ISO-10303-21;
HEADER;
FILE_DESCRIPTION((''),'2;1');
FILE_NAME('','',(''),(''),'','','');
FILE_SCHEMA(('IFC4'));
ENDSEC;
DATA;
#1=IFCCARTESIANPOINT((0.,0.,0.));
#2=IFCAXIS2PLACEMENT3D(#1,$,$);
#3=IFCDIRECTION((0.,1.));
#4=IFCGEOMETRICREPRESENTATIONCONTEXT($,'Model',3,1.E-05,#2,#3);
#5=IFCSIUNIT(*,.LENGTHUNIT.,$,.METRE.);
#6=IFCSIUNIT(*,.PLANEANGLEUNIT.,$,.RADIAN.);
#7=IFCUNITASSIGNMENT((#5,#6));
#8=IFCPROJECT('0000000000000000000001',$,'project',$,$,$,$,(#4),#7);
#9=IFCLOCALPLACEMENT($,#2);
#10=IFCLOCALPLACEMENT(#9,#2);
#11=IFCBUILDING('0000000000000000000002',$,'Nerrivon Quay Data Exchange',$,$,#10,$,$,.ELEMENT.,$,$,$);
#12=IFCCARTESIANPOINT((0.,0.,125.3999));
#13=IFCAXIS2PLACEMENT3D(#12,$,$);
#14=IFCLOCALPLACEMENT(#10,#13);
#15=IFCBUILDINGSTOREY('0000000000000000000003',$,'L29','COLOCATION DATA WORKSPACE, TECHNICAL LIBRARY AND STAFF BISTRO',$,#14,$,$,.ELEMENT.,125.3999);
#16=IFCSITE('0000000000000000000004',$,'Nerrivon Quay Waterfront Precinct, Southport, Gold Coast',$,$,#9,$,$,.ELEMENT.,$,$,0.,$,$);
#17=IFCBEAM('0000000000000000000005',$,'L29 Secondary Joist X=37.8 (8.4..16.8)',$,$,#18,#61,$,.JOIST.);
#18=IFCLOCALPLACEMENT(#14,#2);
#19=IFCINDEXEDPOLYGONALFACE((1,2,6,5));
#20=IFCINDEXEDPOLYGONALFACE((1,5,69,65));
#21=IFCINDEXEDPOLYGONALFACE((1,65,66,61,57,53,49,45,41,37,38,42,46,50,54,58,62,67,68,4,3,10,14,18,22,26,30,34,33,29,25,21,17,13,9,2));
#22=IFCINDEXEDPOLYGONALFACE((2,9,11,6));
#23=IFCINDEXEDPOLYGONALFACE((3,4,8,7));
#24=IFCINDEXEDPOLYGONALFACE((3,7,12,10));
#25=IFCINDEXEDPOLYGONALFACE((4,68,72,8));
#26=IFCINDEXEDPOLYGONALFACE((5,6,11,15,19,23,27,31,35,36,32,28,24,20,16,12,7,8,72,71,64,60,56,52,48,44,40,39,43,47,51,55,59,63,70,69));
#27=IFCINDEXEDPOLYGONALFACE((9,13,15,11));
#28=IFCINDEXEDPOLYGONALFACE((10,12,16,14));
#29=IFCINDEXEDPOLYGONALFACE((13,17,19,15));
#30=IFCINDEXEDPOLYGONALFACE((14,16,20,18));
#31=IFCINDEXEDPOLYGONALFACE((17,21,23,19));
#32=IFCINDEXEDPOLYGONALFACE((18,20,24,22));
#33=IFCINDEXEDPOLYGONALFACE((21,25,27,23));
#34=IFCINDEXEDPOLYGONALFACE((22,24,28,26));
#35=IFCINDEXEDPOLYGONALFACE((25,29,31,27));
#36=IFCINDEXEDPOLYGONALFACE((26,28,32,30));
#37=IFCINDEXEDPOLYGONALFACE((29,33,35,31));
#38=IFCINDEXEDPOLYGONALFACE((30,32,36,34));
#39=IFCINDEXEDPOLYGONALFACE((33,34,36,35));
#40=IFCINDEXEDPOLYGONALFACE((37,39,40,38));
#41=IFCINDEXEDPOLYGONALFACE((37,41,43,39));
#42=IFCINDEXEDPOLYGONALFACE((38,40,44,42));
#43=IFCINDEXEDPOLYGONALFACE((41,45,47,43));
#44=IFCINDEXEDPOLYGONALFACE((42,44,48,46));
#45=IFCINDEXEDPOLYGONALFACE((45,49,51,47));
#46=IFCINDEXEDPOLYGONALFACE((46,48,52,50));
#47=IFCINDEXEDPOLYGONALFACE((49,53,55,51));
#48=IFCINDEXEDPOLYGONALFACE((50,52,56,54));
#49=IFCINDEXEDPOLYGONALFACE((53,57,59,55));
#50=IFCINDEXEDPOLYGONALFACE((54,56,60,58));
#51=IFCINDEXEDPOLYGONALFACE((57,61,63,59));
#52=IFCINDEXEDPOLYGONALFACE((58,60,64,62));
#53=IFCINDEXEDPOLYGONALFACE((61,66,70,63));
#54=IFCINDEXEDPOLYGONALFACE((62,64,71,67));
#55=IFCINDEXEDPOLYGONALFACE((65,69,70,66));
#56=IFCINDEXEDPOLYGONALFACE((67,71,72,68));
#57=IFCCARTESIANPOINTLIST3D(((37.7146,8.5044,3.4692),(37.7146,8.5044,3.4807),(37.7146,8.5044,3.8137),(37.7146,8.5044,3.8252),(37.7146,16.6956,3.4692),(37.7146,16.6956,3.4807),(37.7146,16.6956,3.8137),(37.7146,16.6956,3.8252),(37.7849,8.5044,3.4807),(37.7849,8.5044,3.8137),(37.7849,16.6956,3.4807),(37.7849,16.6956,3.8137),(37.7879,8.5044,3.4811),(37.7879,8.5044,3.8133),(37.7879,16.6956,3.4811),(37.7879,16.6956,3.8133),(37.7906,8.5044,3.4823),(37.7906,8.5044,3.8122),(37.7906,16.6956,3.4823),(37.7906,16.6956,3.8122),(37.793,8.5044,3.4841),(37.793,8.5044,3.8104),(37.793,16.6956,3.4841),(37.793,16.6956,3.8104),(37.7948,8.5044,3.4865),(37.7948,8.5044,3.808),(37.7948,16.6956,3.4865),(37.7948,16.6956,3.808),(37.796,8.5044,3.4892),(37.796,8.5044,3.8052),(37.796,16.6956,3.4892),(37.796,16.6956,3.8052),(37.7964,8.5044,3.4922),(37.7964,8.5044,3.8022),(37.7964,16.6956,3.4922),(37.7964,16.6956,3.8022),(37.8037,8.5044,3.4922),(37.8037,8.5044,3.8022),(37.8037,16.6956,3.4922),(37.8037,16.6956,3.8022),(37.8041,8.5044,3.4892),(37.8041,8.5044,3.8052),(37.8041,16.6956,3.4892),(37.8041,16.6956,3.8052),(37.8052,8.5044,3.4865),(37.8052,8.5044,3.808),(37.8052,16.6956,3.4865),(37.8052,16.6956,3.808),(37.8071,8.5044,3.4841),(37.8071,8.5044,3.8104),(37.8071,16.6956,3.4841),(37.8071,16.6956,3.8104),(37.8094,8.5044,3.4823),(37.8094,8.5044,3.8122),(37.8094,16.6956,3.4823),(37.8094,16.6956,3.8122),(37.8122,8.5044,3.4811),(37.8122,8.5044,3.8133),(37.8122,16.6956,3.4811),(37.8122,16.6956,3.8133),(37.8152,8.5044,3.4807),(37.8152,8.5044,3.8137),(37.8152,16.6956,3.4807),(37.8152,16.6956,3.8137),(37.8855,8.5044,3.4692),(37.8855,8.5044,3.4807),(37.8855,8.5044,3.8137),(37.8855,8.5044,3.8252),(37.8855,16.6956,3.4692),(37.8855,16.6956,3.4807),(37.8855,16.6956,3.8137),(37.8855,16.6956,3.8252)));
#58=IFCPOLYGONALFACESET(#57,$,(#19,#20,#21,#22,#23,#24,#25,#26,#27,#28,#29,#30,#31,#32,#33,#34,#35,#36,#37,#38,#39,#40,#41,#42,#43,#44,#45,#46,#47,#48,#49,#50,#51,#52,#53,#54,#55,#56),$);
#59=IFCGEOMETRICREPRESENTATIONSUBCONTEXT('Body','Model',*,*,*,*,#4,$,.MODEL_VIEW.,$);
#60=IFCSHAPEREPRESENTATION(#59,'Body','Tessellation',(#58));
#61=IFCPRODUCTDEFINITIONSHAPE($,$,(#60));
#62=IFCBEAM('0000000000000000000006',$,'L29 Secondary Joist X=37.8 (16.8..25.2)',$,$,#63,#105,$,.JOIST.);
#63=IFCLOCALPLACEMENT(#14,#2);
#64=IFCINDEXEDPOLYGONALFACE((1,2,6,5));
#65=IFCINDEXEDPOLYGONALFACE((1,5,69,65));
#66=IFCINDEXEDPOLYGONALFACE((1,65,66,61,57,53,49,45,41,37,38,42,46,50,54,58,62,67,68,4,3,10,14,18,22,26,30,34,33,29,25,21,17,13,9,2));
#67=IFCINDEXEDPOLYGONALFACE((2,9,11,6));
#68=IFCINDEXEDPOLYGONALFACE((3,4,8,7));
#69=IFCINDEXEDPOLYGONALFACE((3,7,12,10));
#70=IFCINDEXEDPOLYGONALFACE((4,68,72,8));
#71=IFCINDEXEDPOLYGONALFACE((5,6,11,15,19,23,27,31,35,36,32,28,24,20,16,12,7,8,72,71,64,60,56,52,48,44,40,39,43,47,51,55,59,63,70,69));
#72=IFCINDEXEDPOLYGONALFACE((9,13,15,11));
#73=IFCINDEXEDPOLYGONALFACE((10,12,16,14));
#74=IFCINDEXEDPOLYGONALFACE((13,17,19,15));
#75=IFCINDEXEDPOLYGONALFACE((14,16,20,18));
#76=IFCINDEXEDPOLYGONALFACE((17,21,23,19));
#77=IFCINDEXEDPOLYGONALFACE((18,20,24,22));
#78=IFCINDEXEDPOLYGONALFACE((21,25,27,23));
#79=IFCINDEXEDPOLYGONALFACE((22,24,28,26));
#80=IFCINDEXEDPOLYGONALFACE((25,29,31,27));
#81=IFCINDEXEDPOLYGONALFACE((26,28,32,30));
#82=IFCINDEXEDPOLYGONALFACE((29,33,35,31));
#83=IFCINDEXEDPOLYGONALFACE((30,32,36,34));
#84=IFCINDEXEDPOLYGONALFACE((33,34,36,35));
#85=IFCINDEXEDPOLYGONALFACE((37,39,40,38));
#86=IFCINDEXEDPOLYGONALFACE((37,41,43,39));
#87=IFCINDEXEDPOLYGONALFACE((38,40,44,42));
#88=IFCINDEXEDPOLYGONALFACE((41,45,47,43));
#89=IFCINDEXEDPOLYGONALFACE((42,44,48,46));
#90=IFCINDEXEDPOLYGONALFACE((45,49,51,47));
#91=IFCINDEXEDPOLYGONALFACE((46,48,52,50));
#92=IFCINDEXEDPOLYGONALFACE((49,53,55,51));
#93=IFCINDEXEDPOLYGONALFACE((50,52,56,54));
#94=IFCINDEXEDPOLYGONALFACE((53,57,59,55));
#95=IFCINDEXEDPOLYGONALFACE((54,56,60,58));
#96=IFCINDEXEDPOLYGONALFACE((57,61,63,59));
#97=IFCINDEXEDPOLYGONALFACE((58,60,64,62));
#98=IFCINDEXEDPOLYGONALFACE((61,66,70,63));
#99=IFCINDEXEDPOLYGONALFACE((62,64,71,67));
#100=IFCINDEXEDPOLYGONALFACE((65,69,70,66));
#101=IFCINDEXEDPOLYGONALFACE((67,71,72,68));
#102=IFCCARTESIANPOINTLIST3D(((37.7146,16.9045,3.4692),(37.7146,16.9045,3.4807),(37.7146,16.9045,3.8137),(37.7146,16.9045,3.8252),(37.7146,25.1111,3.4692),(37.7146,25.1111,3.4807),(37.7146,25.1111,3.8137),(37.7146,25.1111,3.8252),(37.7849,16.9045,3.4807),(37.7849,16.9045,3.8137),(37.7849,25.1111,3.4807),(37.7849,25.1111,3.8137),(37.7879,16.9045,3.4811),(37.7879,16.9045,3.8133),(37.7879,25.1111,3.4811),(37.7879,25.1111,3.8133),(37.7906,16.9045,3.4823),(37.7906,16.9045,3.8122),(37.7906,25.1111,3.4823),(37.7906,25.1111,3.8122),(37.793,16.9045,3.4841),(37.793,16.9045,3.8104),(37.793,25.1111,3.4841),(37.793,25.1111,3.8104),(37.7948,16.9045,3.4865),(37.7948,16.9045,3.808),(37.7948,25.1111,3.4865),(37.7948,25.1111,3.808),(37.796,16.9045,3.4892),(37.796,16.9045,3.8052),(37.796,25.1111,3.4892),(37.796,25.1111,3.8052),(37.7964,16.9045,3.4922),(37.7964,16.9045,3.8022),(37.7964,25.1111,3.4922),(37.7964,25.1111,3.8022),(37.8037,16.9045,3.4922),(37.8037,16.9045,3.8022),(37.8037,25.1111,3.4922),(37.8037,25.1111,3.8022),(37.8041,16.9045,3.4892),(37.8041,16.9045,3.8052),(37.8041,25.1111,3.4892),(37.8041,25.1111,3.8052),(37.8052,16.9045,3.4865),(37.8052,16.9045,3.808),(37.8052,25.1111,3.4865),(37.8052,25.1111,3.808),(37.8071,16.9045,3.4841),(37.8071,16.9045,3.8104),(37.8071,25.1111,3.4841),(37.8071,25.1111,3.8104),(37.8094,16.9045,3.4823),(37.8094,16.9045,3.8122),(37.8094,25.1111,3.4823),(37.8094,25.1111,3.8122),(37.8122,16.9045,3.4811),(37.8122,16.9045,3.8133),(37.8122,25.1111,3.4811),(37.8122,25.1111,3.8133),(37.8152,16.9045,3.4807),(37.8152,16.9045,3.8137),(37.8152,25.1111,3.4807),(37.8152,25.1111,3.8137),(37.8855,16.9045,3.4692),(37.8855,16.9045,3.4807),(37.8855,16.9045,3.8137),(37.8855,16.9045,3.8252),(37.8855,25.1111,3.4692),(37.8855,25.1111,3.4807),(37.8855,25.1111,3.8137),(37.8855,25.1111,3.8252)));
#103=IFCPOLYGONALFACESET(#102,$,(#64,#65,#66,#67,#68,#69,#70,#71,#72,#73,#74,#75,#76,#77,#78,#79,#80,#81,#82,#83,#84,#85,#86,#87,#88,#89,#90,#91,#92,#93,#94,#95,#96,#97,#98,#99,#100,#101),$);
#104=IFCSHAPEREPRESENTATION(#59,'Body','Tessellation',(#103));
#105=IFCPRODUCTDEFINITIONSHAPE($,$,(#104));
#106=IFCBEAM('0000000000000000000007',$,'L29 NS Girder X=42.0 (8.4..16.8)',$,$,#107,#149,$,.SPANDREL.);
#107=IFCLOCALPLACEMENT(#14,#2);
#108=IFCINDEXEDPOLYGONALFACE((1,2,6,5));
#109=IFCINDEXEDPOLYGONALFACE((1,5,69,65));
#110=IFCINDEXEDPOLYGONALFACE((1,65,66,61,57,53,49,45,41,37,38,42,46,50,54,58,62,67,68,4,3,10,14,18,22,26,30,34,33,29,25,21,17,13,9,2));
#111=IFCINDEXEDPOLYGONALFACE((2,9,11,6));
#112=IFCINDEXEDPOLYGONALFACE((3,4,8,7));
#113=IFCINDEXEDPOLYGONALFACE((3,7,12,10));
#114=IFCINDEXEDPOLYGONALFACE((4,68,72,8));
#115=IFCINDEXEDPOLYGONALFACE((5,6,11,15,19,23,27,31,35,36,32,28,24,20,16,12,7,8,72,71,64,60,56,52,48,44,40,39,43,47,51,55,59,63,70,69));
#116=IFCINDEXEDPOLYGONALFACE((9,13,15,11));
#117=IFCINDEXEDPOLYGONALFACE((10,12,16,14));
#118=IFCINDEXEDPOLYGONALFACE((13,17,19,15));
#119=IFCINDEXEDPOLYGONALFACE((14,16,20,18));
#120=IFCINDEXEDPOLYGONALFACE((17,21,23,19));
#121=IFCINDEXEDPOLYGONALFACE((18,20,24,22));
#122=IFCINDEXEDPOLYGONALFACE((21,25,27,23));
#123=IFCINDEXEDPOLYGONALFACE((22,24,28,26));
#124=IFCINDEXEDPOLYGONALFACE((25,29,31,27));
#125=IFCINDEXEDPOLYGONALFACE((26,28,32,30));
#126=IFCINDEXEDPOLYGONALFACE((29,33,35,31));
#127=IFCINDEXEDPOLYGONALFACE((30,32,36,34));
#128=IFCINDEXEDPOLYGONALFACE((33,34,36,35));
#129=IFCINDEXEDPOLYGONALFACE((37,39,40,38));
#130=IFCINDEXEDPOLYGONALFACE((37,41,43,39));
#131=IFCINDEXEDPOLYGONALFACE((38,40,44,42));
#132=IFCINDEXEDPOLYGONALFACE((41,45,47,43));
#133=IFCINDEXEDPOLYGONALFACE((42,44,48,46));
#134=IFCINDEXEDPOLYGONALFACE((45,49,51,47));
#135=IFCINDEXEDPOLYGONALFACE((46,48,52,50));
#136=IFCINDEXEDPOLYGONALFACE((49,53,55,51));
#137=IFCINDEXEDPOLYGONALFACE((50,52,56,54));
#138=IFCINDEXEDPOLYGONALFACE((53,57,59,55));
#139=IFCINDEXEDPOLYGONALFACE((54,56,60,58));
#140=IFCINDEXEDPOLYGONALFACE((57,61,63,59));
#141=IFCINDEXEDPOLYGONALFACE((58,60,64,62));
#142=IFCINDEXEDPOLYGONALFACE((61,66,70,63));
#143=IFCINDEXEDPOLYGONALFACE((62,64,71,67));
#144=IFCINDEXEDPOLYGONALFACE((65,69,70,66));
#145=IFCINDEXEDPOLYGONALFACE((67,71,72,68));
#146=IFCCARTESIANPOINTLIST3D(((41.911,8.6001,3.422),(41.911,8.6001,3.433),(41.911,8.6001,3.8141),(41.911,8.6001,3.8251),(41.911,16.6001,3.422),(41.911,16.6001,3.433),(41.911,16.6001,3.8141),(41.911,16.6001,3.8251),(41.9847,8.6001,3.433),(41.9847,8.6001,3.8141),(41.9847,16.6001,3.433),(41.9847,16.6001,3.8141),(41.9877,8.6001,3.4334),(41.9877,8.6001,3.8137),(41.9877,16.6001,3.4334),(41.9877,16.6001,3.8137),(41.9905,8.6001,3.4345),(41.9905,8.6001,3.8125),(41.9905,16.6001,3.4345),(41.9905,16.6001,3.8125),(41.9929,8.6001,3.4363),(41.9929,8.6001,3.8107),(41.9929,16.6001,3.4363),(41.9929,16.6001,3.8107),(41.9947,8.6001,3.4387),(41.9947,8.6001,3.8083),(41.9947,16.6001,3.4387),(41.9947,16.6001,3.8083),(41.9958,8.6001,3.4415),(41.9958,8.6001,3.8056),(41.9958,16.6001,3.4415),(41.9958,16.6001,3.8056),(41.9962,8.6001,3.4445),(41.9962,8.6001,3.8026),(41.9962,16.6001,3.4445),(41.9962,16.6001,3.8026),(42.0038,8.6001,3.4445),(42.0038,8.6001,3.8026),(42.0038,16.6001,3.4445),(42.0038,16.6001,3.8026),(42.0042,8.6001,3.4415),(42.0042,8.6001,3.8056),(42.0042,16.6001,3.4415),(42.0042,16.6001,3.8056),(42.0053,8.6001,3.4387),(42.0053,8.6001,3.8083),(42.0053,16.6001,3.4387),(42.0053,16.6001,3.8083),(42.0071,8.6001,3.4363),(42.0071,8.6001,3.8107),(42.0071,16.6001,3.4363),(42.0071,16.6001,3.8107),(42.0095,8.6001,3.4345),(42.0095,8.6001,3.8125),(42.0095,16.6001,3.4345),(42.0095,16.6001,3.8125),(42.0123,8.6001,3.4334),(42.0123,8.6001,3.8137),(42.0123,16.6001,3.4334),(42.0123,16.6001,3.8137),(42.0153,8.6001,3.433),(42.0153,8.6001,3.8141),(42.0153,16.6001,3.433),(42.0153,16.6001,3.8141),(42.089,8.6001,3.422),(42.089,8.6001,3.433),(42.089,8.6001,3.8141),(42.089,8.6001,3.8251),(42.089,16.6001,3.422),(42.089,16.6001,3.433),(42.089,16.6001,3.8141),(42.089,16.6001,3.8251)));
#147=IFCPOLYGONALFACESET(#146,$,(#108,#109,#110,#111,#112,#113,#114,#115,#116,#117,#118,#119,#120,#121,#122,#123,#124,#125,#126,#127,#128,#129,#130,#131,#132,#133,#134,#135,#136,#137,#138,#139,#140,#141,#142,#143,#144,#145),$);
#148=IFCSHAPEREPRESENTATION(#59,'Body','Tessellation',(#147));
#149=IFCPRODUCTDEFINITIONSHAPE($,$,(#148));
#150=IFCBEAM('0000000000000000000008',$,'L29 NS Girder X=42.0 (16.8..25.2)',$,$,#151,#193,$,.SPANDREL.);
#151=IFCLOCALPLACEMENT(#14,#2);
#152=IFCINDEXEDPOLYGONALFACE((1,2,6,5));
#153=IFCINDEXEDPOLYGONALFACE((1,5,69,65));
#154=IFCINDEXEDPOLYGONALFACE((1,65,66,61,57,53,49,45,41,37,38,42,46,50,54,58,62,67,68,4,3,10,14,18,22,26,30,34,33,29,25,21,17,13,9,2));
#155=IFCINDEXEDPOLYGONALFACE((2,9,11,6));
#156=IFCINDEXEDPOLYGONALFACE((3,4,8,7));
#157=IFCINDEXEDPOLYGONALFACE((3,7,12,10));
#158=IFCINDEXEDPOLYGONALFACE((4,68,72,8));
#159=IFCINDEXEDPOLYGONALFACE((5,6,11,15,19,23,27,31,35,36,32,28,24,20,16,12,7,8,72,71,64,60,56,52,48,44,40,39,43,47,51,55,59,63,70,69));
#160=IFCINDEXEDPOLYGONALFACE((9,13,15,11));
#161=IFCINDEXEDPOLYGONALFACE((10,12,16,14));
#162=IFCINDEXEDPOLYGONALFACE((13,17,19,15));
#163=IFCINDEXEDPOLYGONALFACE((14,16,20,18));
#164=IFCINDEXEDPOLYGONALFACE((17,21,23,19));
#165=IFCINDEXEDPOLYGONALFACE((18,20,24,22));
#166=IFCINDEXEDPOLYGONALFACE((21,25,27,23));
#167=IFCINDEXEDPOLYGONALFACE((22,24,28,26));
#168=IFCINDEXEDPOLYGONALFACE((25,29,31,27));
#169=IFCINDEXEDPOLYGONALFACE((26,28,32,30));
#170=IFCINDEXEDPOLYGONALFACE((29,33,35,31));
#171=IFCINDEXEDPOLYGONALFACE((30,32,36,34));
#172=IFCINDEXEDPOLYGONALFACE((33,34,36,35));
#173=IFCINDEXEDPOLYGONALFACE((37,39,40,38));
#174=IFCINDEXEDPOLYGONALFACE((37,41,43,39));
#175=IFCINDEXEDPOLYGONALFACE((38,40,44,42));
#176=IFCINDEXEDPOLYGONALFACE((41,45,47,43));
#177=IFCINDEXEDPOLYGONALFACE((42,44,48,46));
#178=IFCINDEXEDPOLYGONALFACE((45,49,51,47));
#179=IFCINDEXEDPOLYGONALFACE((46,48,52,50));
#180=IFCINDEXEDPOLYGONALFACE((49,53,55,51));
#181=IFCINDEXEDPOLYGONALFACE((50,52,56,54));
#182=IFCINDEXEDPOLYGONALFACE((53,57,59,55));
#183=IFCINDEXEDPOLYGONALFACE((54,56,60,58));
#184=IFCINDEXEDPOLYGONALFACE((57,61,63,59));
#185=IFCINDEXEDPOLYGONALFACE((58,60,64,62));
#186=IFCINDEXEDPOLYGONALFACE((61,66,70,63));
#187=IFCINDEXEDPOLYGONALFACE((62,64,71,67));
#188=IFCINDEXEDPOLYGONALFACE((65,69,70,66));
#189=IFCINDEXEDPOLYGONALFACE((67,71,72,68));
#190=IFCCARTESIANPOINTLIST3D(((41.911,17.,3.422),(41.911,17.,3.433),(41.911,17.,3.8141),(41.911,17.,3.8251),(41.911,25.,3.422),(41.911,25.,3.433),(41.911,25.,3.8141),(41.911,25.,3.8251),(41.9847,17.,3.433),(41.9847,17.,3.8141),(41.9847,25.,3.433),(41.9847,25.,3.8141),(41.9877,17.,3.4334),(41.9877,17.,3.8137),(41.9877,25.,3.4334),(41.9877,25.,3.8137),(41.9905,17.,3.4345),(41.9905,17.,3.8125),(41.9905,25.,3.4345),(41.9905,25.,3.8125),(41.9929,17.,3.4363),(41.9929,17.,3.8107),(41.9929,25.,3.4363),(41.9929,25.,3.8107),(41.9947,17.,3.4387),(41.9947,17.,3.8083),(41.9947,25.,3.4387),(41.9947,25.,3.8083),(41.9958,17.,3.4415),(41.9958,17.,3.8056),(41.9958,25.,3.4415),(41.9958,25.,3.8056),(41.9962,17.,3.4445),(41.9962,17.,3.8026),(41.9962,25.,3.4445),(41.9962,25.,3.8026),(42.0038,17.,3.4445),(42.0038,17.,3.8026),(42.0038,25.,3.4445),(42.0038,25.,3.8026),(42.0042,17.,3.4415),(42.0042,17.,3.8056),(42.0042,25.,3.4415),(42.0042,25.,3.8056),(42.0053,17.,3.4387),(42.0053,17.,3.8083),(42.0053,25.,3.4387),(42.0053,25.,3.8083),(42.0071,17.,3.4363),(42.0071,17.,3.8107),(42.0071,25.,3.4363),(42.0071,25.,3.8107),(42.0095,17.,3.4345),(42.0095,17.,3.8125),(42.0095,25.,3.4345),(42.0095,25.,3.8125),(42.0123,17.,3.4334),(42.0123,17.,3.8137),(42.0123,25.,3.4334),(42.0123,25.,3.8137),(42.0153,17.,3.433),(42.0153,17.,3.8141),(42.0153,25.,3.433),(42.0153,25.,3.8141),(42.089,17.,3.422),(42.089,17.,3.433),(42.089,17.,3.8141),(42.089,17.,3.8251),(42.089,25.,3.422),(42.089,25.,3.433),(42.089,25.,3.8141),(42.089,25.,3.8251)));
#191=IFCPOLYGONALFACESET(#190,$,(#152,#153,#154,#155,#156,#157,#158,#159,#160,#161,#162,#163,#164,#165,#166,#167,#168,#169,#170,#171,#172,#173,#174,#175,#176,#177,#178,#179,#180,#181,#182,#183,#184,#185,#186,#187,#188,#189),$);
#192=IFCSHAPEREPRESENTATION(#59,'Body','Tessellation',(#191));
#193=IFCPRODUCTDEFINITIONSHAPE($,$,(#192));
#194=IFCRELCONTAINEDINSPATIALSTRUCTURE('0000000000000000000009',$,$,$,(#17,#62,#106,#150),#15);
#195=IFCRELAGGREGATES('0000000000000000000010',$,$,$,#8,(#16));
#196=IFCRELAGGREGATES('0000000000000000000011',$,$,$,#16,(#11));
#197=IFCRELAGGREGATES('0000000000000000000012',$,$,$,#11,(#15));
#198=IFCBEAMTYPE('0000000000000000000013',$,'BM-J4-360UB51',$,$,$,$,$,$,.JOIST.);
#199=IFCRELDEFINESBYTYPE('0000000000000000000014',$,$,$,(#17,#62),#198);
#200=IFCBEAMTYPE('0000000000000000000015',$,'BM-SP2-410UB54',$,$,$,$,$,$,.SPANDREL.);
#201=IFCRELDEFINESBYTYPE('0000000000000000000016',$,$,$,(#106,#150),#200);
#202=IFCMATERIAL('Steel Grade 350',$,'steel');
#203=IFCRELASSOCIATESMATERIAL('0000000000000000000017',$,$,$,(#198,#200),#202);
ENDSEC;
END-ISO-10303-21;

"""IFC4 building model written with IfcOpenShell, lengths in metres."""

from ifc_helpers import new_model, si_unit, direction, frame, origin, origin_2d, place, context, subcontext, project, spatial, i_section, extrude, material, material_profile, profile_set, type_object, element, save


model = new_model("IFC4")

# Units and contexts
model_context = context("Model", 3, precision=1e-05, world=origin(), true_north=direction((0.0, 1.0)))
body_context = subcontext(model_context, "Body", "Model", "MODEL_VIEW")
ifc_project = project(units=[si_unit("LENGTHUNIT", "METRE"), si_unit("PLANEANGLEUNIT", "RADIAN")], contexts=[model_context])

# Site, building, storey
site_placement = place(None, origin())
site = spatial("IfcSite", under=ifc_project, at=site_placement, Name="Nerrivon Quay Waterfront Precinct, Southport, Gold Coast", CompositionType="ELEMENT", RefElevation=0.0)
building_placement = place(site_placement, origin())
building = spatial("IfcBuilding", under=site, at=building_placement, Name="Nerrivon Quay Data Exchange", CompositionType="ELEMENT")
storey_placement = place(building_placement, frame((0.0, 0.0, 125.3999)))
storey = spatial("IfcBuildingStorey", under=building, at=storey_placement, Name="L29", Description="COLOCATION DATA WORKSPACE, TECHNICAL LIBRARY AND STAFF BISTRO", CompositionType="ELEMENT", Elevation=125.3999)

# Shared definitions
ifc_material_1 = material(Name="Steel Grade 350", Category="steel")

# Beams
ifc_material_profile_1 = material_profile(ifc_material_1, i_section(OverallWidth=0.1709, OverallDepth=0.356, WebThickness=0.0073, FlangeThickness=0.0115, FilletRadius=0.0115, at=origin_2d()), Name="360UB50.7")
ifc_profile_set_1 = profile_set([ifc_material_profile_1], Name="Steel Grade 350")
beam_type_1 = type_object("IfcBeamType", Name="BM-J4-360UB51", PredefinedType="JOIST", material=ifc_profile_set_1)
beam_1_placement = place(storey_placement, frame((37.8, 8.5044, 3.6472), z_axis=(0.0, 1.0, 0.0), x_axis=(-1.0, 0.0, 0.0)))
element("IfcBeam", 1, at=beam_1_placement, inside=storey, type_object=beam_type_1, Name="L29 Secondary Joist X=37.8 (8.4..16.8)", PredefinedType="JOIST", context=body_context, shape_type="SweptSolid", body=[
    extrude(i_section(OverallWidth=0.1709, OverallDepth=0.356, WebThickness=0.0073, FlangeThickness=0.0115, FilletRadius=0.0115, at=origin_2d()), origin(), (0.0, 0.0, 1.0), 8.1912),
])
beam_2_placement = place(storey_placement, frame((37.8, 16.9045, 3.6472), z_axis=(0.0, 1.0, 0.0), x_axis=(-1.0, 0.0, 0.0)))
element("IfcBeam", 2, at=beam_2_placement, inside=storey, type_object=beam_type_1, Name="L29 Secondary Joist X=37.8 (16.8..25.2)", PredefinedType="JOIST", context=body_context, shape_type="SweptSolid", body=[
    extrude(i_section(OverallWidth=0.1709, OverallDepth=0.356, WebThickness=0.0073, FlangeThickness=0.0115, FilletRadius=0.0115, at=origin_2d()), origin(), (0.0, 0.0, 1.0), 8.2065),
])
ifc_material_profile_2 = material_profile(ifc_material_1, i_section(OverallWidth=0.178, OverallDepth=0.4031, WebThickness=0.0076, FlangeThickness=0.011, FilletRadius=0.0115, at=origin_2d()), Name="410UB53.7")
ifc_profile_set_2 = profile_set([ifc_material_profile_2], Name="Steel Grade 350")
beam_type_2 = type_object("IfcBeamType", Name="BM-SP2-410UB54", PredefinedType="SPANDREL", material=ifc_profile_set_2)
for number, where, z_axis, x_axis, name in (
    (3, (42.0, 8.6001, 3.6235), (0.0, 1.0, 0.0), (-1.0, 0.0, 0.0), "L29 NS Girder X=42.0 (8.4..16.8)"),
    (4, (42.0, 17.0, 3.6235), (0.0, 1.0, 0.0), (-1.0, 0.0, 0.0), "L29 NS Girder X=42.0 (16.8..25.2)"),
):
    element("IfcBeam", number, at=place(storey_placement, frame(where, z_axis=z_axis, x_axis=x_axis)), inside=storey, type_object=beam_type_2, Name=name, PredefinedType="SPANDREL", context=body_context, shape_type="SweptSolid", body=[
        extrude(i_section(OverallWidth=0.178, OverallDepth=0.4031, WebThickness=0.0076, FlangeThickness=0.011, FilletRadius=0.0115, at=origin_2d()), origin(), (0.0, 0.0, 1.0), 8.0),
    ])

save(model, "model.ifc")
